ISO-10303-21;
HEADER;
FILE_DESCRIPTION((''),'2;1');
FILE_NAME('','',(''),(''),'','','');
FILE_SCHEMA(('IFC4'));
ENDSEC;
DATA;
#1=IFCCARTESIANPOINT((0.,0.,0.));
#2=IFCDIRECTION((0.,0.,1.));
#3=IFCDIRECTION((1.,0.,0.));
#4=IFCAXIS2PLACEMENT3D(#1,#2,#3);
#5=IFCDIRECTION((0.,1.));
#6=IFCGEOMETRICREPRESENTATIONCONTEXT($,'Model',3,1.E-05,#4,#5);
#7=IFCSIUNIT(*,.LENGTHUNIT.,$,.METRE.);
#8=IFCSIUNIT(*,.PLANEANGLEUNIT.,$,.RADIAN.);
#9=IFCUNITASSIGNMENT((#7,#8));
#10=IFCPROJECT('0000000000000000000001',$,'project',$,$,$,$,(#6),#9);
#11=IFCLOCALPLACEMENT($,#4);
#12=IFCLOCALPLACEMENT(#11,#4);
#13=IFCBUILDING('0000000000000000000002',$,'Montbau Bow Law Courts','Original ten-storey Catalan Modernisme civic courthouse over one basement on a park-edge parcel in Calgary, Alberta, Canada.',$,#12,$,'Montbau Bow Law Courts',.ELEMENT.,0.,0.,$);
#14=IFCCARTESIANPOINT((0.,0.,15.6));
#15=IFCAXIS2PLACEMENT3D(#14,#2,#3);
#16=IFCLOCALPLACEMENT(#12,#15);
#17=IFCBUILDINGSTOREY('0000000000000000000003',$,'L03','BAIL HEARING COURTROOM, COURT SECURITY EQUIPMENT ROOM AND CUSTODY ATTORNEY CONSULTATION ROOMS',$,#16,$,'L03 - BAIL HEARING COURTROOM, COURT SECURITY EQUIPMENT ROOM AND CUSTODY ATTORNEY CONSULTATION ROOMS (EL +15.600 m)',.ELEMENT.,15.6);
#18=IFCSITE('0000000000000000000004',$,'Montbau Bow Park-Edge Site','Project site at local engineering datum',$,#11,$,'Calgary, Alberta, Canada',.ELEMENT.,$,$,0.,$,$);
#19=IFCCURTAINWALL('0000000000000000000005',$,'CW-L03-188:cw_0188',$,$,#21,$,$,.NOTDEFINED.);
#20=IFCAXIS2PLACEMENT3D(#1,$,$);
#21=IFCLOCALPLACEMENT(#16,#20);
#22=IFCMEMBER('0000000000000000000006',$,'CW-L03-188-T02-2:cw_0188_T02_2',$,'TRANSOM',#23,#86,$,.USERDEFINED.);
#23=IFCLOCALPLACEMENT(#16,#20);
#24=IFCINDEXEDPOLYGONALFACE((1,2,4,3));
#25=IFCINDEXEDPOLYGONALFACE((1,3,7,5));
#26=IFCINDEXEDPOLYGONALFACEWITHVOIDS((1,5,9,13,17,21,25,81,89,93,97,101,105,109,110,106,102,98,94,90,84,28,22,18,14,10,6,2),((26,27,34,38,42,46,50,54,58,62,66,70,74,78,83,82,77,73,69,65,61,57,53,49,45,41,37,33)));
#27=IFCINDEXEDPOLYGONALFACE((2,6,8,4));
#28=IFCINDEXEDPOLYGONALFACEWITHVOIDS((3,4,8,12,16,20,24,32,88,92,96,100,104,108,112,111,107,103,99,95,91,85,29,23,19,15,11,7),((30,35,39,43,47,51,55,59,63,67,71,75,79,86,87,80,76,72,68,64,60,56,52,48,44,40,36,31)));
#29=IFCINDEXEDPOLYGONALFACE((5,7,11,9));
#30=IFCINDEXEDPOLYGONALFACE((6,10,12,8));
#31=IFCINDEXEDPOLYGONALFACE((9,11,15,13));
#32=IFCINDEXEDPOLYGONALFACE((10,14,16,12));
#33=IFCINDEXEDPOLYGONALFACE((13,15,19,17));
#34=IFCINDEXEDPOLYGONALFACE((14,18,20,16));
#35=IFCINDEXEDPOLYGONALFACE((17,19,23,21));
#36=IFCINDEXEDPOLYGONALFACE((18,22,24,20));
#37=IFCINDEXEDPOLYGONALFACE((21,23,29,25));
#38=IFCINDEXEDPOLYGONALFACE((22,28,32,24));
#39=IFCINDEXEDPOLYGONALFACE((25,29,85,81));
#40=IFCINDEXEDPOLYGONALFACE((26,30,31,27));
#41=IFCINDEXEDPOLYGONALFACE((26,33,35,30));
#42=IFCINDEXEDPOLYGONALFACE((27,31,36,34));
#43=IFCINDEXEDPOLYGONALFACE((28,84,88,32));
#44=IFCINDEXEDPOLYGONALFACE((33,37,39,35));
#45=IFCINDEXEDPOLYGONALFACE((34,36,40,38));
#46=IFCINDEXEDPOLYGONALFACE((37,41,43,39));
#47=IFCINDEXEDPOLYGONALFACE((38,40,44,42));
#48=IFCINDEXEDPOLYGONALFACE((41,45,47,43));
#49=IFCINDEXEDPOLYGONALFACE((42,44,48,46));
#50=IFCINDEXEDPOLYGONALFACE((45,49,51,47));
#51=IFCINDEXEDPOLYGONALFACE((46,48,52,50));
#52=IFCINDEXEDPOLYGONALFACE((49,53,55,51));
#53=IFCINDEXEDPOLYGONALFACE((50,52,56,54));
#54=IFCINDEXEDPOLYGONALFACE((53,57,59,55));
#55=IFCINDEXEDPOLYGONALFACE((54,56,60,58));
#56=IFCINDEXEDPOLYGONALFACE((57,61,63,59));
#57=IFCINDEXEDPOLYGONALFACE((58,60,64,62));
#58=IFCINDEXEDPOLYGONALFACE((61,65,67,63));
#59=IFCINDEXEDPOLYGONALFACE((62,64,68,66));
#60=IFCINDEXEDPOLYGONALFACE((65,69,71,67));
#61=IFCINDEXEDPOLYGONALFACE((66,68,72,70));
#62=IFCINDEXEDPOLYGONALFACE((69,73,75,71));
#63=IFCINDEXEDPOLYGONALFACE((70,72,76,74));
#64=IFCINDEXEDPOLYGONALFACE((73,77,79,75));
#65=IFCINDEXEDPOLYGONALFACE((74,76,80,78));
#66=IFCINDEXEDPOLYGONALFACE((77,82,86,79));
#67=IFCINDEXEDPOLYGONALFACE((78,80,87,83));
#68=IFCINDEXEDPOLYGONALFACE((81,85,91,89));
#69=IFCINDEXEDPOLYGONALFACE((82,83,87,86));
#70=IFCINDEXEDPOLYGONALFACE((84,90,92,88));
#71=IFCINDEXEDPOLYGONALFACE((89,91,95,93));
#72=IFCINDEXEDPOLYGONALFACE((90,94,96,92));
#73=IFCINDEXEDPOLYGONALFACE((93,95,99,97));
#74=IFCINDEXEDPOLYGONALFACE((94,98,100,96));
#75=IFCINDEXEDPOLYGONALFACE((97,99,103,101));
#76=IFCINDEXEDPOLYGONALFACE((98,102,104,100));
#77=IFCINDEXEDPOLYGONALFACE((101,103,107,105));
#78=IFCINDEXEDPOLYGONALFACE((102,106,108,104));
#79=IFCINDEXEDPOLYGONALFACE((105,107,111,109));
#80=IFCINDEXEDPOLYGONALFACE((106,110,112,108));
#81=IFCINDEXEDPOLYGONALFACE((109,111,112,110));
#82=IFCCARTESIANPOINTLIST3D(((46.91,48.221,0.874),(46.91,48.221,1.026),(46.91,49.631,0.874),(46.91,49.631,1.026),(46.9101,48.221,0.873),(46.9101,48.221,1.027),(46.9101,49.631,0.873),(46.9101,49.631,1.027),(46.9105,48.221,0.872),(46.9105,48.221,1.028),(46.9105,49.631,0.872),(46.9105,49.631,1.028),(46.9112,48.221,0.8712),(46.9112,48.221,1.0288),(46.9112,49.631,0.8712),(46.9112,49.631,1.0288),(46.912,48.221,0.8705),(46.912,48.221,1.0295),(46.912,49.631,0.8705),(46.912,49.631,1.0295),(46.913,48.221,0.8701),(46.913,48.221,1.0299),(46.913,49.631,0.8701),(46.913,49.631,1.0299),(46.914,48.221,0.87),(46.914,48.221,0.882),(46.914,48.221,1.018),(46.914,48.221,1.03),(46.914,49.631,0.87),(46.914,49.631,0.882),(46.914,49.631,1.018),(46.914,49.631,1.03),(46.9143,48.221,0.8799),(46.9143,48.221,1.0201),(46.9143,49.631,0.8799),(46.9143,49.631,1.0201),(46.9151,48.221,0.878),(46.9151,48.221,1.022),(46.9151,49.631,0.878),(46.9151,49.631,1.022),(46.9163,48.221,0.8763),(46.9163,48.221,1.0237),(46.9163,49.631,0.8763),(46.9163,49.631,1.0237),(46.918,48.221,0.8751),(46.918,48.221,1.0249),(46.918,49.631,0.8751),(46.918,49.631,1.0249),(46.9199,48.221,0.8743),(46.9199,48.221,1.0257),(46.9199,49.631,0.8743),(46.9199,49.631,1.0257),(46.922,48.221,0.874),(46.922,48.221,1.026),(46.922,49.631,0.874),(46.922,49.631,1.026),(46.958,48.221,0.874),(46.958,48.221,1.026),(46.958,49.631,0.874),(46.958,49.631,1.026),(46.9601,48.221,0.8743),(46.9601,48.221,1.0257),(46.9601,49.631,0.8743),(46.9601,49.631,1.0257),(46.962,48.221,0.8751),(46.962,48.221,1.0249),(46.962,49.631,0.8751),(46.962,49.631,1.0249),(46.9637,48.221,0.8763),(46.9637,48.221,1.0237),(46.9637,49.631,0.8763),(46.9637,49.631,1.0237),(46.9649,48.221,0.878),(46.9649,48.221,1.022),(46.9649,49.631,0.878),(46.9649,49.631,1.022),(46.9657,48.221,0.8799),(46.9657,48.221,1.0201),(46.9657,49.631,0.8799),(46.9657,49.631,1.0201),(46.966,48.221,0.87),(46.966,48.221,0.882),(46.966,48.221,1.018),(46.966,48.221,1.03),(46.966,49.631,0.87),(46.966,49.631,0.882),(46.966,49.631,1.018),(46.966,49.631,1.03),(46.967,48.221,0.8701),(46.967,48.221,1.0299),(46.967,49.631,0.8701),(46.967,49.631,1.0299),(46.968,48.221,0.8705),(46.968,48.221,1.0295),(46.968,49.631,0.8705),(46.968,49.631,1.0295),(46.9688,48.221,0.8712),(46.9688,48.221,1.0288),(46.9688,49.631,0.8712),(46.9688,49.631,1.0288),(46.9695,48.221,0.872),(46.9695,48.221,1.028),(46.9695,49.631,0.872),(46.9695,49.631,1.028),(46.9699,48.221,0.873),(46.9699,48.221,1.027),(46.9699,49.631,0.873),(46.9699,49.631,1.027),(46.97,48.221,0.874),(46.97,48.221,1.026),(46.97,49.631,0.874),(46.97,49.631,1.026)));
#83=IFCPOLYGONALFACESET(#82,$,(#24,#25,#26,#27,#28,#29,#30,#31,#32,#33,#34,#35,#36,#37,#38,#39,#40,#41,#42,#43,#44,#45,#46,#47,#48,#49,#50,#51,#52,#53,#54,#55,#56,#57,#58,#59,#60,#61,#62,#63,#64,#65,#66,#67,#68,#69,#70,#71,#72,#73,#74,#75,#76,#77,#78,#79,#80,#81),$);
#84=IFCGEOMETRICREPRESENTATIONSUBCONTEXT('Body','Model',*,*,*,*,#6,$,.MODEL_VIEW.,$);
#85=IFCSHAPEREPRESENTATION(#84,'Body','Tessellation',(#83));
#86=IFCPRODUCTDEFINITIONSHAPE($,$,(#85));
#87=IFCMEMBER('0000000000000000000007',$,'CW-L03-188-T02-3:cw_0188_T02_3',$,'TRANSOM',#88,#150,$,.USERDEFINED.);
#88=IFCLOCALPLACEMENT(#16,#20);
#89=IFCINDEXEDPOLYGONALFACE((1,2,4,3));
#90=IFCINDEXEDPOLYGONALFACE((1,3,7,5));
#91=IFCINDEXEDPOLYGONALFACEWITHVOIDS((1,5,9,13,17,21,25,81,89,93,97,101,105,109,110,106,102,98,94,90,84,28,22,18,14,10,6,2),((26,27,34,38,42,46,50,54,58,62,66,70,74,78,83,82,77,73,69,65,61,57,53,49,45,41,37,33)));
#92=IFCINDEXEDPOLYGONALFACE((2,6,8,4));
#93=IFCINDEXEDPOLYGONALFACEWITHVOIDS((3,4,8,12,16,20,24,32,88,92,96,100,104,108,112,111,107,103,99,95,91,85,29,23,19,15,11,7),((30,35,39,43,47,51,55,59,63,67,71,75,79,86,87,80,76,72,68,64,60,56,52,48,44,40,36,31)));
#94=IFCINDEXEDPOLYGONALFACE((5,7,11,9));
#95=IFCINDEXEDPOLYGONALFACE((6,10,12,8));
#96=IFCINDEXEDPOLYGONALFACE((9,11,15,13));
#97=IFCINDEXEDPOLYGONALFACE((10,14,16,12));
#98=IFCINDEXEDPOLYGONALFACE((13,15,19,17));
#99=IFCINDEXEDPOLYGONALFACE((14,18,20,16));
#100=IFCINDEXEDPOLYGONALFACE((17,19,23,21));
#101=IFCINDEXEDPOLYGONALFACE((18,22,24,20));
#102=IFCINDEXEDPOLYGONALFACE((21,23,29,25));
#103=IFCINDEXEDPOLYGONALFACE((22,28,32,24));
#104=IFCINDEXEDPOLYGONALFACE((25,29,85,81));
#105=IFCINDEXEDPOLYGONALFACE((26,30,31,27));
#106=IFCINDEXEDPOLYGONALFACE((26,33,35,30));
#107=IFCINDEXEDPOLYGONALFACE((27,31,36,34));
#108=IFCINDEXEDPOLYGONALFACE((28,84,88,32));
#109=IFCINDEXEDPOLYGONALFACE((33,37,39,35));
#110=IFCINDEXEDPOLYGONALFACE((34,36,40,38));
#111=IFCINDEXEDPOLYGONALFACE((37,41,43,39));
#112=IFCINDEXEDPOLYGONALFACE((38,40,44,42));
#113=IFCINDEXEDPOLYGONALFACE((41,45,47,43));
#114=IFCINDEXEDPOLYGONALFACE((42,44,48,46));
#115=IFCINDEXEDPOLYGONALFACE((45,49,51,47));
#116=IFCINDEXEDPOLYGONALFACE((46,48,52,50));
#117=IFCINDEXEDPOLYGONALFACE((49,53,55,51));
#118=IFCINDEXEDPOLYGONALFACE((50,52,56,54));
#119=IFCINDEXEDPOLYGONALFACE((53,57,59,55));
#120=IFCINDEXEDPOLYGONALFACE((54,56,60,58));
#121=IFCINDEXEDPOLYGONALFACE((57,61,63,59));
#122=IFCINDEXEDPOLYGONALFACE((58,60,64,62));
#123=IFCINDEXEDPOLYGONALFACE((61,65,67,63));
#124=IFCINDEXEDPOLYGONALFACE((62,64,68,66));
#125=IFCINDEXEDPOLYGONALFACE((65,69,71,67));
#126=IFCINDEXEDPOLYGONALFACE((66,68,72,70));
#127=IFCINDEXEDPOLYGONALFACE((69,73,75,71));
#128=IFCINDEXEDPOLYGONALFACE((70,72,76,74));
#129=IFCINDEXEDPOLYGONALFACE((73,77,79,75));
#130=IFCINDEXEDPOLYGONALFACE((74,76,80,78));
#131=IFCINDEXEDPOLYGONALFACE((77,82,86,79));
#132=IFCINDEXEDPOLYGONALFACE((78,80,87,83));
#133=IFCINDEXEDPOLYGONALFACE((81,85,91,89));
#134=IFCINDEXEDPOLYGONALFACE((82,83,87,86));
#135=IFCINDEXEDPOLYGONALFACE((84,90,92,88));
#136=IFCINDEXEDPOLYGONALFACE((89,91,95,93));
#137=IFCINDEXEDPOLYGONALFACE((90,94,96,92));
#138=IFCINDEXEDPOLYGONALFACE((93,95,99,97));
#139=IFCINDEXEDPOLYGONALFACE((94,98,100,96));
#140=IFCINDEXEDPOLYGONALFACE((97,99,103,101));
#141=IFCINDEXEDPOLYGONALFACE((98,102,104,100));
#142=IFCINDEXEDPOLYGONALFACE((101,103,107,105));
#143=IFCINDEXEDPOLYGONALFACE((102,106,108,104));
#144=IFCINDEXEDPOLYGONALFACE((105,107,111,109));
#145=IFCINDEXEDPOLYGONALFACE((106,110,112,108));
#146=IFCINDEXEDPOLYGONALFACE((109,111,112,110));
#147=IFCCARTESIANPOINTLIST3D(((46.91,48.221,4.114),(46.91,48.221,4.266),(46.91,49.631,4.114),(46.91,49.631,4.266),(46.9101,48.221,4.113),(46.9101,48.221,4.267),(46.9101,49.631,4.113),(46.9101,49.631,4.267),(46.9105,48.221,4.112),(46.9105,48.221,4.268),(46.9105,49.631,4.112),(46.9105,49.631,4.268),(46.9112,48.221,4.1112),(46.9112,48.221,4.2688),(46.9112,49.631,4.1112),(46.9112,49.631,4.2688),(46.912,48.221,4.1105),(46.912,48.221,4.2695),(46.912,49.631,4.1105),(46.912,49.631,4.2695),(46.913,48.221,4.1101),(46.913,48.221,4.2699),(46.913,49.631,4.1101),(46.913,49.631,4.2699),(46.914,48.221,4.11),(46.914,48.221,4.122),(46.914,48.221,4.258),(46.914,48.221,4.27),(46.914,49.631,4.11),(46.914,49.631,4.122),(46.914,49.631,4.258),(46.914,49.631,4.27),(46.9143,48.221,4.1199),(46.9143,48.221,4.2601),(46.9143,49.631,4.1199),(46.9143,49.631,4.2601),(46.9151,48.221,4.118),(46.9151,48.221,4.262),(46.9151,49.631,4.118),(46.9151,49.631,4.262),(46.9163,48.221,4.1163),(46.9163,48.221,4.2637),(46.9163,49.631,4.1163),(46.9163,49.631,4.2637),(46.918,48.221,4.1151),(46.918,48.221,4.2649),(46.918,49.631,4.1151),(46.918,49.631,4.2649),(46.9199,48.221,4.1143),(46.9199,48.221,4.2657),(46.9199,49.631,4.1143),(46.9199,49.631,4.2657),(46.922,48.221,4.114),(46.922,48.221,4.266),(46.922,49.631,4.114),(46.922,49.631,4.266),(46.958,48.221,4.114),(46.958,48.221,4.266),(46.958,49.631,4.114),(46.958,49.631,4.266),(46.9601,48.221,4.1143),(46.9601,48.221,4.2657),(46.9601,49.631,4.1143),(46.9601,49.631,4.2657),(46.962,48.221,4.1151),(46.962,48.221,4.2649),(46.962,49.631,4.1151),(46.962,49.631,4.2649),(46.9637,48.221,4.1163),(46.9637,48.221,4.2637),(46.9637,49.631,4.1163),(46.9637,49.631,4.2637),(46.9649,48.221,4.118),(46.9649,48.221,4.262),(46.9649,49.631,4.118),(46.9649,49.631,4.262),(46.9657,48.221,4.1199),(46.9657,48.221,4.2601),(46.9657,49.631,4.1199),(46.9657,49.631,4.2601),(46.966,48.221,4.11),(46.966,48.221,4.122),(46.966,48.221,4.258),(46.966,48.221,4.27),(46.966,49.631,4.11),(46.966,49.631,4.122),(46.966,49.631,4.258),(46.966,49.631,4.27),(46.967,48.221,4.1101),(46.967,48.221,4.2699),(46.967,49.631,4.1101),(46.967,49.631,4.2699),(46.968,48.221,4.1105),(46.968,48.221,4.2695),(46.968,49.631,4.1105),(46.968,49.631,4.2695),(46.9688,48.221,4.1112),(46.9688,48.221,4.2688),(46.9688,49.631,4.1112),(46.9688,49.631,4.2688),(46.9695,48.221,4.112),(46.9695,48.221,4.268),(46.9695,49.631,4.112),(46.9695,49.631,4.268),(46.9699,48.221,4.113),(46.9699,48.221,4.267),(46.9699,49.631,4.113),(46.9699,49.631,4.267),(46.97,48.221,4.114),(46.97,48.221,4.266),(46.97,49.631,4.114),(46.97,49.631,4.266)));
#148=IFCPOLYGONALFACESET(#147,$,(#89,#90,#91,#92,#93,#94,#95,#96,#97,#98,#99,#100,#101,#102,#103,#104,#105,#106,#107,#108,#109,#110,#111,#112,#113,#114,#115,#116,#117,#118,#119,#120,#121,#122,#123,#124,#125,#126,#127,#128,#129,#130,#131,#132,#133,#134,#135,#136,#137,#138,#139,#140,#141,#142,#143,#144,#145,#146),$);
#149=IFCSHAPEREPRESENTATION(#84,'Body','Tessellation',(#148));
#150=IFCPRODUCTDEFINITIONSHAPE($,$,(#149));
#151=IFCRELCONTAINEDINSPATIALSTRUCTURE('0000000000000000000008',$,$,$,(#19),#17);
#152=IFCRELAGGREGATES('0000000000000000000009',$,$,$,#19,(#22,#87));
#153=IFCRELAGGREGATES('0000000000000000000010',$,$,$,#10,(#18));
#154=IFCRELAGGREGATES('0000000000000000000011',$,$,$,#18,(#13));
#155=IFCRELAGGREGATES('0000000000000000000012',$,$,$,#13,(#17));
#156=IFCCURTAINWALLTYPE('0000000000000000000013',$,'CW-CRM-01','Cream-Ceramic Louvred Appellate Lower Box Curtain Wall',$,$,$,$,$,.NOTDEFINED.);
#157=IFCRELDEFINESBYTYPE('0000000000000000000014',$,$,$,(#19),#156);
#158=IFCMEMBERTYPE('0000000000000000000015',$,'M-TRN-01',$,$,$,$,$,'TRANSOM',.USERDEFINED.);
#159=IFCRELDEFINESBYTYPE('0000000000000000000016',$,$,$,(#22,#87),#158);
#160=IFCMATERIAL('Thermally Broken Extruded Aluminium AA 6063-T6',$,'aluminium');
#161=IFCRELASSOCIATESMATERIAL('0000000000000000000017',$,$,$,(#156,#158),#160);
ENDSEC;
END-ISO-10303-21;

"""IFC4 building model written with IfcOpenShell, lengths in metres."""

from ifc_helpers import new_model, si_unit, direction, frame, origin_with_axes, origin_2d_with_axis, place, context, subcontext, project, spatial, hollow_rectangle, extrude, material, material_profile, profile_set, type_object, element, aggregate, save


model = new_model("IFC4")

# Units and contexts
model_context = context("Model", 3, precision=1e-05, world=origin_with_axes(), true_north=direction((0.0, 1.0)))
body_context = subcontext(model_context, "Body", "Model", "MODEL_VIEW")
ifc_project = project(units=[si_unit("LENGTHUNIT", "METRE"), si_unit("PLANEANGLEUNIT", "RADIAN")], contexts=[model_context])

# Site, building, storey
site_placement = place(None, origin_with_axes())
site = spatial("IfcSite", under=ifc_project, at=site_placement, Name="Montbau Bow Park-Edge Site", Description="Project site at local engineering datum", LongName="Calgary, Alberta, Canada", CompositionType="ELEMENT", RefElevation=0.0)
building_placement = place(site_placement, origin_with_axes())
building = spatial("IfcBuilding", under=site, at=building_placement, Name="Montbau Bow Law Courts", Description="Original ten-storey Catalan Modernisme civic courthouse over one basement on a park-edge parcel in Calgary, Alberta, Canada.", LongName="Montbau Bow Law Courts", CompositionType="ELEMENT", ElevationOfRefHeight=0.0, ElevationOfTerrain=0.0)
storey_placement = place(building_placement, frame((0.0, 0.0, 15.6), z_axis=(0.0, 0.0, 1.0), x_axis=(1.0, 0.0, 0.0)))
storey = spatial("IfcBuildingStorey", under=building, at=storey_placement, Name="L03", Description="BAIL HEARING COURTROOM, COURT SECURITY EQUIPMENT ROOM AND CUSTODY ATTORNEY CONSULTATION ROOMS", LongName="L03 - BAIL HEARING COURTROOM, COURT SECURITY EQUIPMENT ROOM AND CUSTODY ATTORNEY CONSULTATION ROOMS (EL +15.600 m)", CompositionType="ELEMENT", Elevation=15.6)

# Curtain wall, members
ifc_material_1 = material(Name="Thermally Broken Extruded Aluminium AA 6063-T6", Category="aluminium")
curtain_wall_type_1 = type_object("IfcCurtainWallType", Name="CW-CRM-01", Description="Cream-Ceramic Louvred Appellate Lower Box Curtain Wall", PredefinedType="NOTDEFINED", material=ifc_material_1)
curtain_wall_1_placement = place(None, frame((46.94, 46.715, 15.6), z_axis=(0.0, 0.0, 1.0), x_axis=(1.0, 0.0, 0.0)))
curtain_wall_1 = element("IfcCurtainWall", 1, at=curtain_wall_1_placement, inside=storey, type_object=curtain_wall_type_1, Name="CW-L03-188:cw_0188", PredefinedType="NOTDEFINED")
ifc_material_profile_1 = material_profile(ifc_material_1, hollow_rectangle(XDim=0.06, YDim=0.16, WallThickness=0.004, InnerFilletRadius=0.008, OuterFilletRadius=0.004, at=origin_2d_with_axis()), Name="CWT-160X60", Category="Main", Priority=0)
ifc_profile_set_1 = profile_set([ifc_material_profile_1], Name="Thermally Broken Extruded Aluminium AA 6063-T6")
member_type_1 = type_object("IfcMemberType", Name="M-TRN-01", ElementType="TRANSOM", PredefinedType="USERDEFINED", material=ifc_profile_set_1)
member_1_placement = place(None, frame((46.94, 48.221, 16.55), z_axis=(0.0, 1.0, 0.0), x_axis=(-1.0, 0.0, 0.0)))
member_1 = element("IfcMember", 2, at=member_1_placement, type_object=member_type_1, Name="CW-L03-188-T02-2:cw_0188_T02_2", ObjectType="TRANSOM", PredefinedType="USERDEFINED", context=body_context, shape_type="SweptSolid", body=[
    extrude(hollow_rectangle(XDim=0.06, YDim=0.16, WallThickness=0.004, InnerFilletRadius=0.008, OuterFilletRadius=0.004, at=origin_2d_with_axis()), origin_with_axes(), (0.0, 0.0, 1.0), 1.41),
])
member_2_placement = place(None, frame((46.94, 48.221, 19.79), z_axis=(0.0, 1.0, 0.0), x_axis=(-1.0, 0.0, 0.0)))
member_2 = element("IfcMember", 3, at=member_2_placement, type_object=member_type_1, Name="CW-L03-188-T02-3:cw_0188_T02_3", ObjectType="TRANSOM", PredefinedType="USERDEFINED", context=body_context, shape_type="SweptSolid", body=[
    extrude(hollow_rectangle(XDim=0.06, YDim=0.16, WallThickness=0.004, InnerFilletRadius=0.008, OuterFilletRadius=0.004, at=origin_2d_with_axis()), origin_with_axes(), (0.0, 0.0, 1.0), 1.41),
])

aggregate(curtain_wall_1, [member_1, member_2])

save(model, "model.ifc")
